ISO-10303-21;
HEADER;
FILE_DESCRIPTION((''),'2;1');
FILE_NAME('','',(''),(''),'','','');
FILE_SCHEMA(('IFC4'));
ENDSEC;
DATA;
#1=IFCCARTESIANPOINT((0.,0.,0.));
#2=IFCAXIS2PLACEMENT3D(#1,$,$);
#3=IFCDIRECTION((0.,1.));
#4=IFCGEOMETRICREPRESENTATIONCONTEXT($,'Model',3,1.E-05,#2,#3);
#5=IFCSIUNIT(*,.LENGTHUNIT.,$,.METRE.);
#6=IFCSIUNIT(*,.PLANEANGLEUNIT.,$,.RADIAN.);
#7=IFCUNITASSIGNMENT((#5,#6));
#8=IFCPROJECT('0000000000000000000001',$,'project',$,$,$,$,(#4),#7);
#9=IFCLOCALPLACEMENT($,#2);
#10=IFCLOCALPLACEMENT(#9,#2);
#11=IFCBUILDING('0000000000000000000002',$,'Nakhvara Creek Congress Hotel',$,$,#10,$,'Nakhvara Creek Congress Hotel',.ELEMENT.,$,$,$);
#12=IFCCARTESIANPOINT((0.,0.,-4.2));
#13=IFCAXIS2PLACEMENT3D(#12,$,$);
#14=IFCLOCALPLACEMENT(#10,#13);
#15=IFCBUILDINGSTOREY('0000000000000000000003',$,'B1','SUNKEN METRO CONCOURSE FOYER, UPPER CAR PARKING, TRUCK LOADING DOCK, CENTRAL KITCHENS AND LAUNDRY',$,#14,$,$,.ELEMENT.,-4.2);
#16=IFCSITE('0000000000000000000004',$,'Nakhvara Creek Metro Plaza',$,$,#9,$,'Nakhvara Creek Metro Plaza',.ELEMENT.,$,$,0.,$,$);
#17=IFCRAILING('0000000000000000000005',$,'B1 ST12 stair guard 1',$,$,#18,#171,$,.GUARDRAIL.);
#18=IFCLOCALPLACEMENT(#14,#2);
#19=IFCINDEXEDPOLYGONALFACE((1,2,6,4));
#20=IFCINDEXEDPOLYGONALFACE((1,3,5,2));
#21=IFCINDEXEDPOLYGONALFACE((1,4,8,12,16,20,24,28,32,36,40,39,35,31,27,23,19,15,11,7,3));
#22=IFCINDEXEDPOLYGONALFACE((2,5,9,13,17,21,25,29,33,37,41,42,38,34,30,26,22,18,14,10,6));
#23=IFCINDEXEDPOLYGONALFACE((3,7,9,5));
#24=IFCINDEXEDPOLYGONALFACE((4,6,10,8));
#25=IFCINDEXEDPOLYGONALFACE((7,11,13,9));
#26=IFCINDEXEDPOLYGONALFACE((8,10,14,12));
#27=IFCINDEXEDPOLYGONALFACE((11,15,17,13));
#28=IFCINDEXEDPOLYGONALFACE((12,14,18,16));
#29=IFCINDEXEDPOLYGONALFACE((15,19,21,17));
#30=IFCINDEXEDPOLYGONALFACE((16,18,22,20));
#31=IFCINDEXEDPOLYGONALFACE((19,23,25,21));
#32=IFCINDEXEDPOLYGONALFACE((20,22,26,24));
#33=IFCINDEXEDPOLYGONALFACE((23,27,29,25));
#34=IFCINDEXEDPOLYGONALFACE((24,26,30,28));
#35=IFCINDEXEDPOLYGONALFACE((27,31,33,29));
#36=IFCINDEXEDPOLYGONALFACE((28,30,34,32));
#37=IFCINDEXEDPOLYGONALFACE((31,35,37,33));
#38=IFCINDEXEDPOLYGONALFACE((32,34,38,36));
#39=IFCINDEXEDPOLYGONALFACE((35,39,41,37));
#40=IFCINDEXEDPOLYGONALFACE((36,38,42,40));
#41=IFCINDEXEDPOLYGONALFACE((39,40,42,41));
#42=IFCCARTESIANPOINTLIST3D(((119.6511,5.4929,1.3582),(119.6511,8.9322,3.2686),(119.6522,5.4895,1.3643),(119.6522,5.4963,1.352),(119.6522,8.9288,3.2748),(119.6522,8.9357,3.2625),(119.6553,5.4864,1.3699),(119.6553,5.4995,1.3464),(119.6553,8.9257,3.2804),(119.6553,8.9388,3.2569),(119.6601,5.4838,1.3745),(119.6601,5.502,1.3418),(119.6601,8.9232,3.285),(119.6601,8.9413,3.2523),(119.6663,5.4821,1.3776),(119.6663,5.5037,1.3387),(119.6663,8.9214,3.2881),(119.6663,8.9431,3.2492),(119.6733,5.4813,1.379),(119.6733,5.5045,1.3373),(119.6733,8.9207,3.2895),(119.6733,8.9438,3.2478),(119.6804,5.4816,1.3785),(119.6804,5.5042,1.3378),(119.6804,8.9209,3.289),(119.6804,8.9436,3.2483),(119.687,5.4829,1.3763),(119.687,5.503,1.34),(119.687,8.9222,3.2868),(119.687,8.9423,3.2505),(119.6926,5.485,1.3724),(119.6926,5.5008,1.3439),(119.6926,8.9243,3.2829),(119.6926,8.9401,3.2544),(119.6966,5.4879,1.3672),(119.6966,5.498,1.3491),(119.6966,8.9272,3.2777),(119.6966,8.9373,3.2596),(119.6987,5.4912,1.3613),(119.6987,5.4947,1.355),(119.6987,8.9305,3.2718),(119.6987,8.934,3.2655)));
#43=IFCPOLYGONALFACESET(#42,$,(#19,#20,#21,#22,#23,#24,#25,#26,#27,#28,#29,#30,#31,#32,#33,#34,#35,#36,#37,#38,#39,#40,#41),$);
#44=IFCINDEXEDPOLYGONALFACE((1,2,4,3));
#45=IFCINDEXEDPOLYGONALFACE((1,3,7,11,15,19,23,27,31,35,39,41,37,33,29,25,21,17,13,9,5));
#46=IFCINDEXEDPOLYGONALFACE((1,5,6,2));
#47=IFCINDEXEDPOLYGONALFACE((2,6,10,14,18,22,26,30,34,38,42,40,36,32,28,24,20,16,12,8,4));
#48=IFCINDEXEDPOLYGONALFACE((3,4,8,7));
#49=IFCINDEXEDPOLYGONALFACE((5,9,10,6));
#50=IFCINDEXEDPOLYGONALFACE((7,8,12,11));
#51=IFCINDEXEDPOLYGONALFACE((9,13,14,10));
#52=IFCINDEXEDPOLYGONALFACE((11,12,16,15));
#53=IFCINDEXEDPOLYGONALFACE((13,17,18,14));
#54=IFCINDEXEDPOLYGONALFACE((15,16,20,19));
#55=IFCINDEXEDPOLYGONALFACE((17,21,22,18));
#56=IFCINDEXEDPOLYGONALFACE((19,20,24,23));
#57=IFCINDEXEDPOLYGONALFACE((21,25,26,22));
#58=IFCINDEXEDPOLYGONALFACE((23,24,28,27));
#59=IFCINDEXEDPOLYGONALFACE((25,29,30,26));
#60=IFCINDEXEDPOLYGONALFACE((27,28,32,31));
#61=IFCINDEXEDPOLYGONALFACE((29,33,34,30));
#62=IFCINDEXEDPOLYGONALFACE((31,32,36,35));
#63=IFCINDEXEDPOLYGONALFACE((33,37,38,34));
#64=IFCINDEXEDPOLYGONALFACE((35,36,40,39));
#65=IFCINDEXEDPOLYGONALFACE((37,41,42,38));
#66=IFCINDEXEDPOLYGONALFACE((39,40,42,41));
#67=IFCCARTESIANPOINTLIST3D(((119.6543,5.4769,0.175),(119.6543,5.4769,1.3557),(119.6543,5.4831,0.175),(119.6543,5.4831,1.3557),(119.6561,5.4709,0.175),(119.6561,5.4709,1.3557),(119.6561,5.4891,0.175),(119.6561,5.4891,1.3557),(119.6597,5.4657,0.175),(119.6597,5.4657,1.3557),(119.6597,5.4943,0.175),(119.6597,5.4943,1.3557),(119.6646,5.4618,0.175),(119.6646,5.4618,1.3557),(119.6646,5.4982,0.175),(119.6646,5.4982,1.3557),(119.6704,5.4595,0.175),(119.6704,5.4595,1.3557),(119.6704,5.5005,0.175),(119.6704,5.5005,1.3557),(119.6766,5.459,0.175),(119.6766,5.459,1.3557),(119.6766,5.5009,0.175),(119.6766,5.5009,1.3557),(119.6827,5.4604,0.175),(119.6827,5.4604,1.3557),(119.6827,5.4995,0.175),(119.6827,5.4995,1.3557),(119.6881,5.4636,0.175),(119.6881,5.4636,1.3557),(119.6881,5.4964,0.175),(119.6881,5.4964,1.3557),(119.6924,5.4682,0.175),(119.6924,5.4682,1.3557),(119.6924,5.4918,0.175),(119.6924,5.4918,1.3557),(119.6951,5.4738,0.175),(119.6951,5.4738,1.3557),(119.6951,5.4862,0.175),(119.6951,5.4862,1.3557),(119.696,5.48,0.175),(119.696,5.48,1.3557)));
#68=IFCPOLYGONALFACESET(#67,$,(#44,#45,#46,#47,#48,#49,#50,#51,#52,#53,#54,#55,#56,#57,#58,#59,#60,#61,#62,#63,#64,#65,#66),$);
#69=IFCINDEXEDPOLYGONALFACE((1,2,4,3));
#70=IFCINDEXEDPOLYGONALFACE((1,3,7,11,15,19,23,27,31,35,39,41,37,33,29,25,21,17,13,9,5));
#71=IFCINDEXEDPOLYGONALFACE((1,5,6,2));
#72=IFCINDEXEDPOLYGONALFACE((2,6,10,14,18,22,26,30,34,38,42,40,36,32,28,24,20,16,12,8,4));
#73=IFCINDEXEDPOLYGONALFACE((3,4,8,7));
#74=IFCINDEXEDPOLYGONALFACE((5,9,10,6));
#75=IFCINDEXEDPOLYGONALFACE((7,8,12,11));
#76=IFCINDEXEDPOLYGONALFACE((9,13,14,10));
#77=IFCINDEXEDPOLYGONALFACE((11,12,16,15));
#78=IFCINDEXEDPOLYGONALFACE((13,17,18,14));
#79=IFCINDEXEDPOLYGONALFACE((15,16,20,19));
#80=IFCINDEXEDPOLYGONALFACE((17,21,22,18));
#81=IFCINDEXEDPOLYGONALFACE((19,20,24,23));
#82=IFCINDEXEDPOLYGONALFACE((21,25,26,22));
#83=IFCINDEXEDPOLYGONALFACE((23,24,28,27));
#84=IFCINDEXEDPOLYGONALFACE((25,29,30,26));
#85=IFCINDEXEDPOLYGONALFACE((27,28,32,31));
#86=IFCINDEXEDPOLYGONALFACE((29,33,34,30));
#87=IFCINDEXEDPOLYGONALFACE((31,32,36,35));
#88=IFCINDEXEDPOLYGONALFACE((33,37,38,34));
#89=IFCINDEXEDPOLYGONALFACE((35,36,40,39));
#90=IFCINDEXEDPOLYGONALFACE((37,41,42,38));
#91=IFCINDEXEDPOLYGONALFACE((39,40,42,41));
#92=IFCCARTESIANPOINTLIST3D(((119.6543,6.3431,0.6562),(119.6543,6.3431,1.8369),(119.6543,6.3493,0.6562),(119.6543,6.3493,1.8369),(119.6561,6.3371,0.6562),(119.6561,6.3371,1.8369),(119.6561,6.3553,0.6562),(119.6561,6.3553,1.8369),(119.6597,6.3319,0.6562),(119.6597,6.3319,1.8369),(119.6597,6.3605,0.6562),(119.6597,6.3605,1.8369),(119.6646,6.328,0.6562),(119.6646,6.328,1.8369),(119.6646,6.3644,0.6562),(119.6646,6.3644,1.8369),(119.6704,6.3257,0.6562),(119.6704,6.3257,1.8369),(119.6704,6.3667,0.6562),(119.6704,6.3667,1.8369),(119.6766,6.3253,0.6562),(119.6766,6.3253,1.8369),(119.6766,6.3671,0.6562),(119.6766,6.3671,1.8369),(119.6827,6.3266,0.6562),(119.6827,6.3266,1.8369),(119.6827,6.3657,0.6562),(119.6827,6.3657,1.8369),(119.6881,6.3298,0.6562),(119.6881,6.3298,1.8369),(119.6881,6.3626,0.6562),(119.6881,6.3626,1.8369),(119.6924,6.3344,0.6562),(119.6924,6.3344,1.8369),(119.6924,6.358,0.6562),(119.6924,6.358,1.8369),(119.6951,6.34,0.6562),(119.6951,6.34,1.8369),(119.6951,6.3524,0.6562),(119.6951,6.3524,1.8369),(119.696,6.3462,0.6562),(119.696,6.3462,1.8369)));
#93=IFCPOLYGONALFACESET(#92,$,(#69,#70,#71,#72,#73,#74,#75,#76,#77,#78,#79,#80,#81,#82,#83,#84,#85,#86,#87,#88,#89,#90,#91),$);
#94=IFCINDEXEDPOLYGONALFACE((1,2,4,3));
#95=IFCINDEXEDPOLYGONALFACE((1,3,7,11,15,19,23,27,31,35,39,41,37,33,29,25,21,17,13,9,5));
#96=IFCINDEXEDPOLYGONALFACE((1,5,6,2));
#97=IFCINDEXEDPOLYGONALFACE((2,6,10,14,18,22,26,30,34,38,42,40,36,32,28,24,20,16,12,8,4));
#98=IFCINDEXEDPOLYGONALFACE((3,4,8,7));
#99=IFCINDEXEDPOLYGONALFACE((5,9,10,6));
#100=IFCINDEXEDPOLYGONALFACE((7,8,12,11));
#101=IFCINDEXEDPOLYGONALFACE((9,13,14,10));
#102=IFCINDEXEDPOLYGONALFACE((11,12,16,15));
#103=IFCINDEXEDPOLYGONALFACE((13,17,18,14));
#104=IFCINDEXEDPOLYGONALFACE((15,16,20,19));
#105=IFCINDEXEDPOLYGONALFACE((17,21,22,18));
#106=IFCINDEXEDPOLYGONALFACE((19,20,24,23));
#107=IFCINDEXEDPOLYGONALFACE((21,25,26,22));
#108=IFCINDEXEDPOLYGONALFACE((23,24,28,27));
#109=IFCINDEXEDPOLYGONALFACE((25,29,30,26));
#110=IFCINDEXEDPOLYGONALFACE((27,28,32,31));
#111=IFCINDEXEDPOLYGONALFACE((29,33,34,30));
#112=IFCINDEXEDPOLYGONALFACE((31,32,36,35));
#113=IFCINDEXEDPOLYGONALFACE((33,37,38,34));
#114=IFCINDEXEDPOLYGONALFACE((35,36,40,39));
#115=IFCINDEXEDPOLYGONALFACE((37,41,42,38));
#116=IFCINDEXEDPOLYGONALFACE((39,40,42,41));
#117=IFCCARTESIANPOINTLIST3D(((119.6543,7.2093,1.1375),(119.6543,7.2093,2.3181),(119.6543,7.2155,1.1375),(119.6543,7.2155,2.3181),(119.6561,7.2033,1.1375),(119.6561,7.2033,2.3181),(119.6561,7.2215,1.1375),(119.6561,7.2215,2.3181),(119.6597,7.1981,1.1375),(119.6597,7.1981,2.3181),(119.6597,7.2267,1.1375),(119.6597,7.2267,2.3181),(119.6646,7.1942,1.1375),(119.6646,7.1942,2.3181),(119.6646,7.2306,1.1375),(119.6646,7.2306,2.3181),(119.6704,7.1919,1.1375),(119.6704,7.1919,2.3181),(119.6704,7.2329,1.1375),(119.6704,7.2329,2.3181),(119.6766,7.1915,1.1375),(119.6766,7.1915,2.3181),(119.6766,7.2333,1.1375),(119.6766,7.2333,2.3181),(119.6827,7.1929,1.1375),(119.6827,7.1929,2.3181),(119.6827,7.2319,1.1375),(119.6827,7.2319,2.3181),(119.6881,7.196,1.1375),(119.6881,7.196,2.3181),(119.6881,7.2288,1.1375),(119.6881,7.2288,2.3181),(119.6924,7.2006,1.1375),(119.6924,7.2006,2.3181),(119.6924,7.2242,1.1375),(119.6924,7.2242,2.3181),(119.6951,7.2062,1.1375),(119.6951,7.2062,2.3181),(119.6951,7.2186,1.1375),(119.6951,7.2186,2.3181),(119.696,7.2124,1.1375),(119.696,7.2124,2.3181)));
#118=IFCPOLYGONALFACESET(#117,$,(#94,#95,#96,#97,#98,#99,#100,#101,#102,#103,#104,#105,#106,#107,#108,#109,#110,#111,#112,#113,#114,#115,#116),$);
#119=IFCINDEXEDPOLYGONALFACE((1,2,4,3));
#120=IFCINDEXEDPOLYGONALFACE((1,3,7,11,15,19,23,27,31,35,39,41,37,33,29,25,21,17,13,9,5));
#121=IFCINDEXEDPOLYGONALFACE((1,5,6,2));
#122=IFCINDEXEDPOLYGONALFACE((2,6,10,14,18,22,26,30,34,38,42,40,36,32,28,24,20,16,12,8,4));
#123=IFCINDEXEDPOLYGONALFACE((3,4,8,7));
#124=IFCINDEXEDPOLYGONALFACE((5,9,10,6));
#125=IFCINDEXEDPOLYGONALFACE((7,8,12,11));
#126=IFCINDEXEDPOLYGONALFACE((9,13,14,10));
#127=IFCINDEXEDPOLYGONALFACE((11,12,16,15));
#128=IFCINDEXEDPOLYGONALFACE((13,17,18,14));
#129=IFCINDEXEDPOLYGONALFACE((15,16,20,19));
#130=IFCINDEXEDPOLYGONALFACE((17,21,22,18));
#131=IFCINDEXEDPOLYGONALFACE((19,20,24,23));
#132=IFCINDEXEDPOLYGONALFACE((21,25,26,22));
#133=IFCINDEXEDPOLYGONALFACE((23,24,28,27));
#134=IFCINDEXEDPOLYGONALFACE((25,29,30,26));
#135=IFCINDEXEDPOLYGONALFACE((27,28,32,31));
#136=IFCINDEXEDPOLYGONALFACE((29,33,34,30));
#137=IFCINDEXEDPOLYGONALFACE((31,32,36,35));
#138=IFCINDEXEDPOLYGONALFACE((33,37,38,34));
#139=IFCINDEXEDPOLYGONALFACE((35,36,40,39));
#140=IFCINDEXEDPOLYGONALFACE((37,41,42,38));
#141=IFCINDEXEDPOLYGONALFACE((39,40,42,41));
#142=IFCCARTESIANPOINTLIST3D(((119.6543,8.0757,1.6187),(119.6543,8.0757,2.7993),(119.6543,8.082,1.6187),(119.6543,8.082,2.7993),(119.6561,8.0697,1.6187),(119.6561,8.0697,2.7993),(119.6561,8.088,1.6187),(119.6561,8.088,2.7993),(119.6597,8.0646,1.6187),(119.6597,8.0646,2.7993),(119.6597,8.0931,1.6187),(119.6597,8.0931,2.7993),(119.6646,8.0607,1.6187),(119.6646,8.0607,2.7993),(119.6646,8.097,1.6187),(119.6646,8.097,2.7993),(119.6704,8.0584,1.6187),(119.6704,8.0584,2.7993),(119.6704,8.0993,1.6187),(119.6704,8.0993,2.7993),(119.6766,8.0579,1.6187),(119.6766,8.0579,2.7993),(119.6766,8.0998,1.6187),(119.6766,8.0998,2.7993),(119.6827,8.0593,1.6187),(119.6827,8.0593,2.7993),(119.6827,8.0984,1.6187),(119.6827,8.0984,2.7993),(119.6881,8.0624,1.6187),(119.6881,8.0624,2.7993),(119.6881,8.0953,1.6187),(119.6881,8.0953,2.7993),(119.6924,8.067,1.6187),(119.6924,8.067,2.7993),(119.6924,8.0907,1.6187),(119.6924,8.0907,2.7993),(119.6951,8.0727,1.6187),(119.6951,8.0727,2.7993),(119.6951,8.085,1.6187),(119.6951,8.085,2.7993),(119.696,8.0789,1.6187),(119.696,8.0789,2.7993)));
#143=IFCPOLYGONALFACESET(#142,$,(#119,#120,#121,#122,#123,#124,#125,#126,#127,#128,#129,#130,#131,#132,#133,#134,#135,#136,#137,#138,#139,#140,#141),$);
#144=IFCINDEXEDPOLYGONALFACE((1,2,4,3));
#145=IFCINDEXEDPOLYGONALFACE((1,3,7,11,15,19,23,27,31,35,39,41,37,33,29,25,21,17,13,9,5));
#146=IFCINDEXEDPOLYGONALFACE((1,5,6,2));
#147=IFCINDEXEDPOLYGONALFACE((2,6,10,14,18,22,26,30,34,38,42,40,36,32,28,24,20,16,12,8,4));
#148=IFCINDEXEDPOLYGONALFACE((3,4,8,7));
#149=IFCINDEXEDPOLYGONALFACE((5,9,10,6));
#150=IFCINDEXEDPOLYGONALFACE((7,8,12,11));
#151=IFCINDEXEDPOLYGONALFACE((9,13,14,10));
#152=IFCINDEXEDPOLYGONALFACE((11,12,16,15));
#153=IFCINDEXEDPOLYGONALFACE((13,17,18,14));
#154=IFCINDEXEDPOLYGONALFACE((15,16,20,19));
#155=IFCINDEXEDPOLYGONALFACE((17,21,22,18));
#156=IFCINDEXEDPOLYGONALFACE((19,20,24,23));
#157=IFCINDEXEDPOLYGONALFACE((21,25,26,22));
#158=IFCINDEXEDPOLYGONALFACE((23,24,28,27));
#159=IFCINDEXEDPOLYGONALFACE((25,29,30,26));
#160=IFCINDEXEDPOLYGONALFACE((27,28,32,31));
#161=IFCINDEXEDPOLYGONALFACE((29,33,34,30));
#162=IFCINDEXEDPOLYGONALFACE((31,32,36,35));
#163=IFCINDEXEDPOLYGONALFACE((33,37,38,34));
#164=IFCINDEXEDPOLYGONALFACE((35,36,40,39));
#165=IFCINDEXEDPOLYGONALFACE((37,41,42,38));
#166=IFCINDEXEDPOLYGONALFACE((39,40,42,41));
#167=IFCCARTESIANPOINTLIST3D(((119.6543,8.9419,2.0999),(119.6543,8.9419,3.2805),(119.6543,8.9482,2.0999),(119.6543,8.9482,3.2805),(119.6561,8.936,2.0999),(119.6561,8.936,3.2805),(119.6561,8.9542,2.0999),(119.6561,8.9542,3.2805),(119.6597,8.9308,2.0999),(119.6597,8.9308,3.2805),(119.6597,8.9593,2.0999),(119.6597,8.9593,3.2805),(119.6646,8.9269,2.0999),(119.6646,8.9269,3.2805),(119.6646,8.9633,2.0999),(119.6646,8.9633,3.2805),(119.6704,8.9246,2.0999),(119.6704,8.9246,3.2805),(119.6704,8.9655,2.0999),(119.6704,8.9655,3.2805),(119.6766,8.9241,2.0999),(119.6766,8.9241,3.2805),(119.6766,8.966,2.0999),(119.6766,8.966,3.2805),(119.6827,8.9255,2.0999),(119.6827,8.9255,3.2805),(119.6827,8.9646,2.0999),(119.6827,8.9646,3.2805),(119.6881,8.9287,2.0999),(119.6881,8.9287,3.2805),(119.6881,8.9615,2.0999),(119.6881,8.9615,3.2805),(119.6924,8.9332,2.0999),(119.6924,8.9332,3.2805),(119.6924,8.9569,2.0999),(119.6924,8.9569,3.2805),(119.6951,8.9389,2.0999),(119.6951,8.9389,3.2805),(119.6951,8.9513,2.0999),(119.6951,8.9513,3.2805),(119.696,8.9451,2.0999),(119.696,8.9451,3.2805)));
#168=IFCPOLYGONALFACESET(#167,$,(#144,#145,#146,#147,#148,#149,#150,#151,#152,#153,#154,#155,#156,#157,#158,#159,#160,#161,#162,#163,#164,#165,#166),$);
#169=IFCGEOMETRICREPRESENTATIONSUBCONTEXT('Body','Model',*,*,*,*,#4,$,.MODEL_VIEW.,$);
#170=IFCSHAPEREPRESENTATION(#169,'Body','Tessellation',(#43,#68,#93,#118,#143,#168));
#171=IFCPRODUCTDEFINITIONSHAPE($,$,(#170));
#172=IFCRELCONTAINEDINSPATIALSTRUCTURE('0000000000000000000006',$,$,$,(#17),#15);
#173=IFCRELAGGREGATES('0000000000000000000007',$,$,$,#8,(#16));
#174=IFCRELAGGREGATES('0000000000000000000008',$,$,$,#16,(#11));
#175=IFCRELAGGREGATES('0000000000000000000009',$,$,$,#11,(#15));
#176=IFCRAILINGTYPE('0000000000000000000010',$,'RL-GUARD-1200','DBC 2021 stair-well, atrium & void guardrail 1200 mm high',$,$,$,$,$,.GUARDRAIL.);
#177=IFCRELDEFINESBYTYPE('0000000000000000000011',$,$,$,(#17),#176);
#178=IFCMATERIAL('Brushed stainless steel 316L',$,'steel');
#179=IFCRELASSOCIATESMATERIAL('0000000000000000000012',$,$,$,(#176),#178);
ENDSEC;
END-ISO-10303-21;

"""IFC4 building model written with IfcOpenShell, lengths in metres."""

from ifc_helpers import new_model, si_unit, direction, frame, origin, origin_2d, place, context, subcontext, project, spatial, circle, extrude, material, type_object, element, save


model = new_model("IFC4")

# Units and contexts
model_context = context("Model", 3, precision=1e-05, world=origin(), true_north=direction((0.0, 1.0)))
body_context = subcontext(model_context, "Body", "Model", "MODEL_VIEW")
ifc_project = project(units=[si_unit("LENGTHUNIT", "METRE"), si_unit("PLANEANGLEUNIT", "RADIAN")], contexts=[model_context])

# Site, building, storey
site_placement = place(None, origin())
site = spatial("IfcSite", under=ifc_project, at=site_placement, Name="Nakhvara Creek Metro Plaza", LongName="Nakhvara Creek Metro Plaza", CompositionType="ELEMENT", RefElevation=0.0)
building_placement = place(site_placement, origin())
building = spatial("IfcBuilding", under=site, at=building_placement, Name="Nakhvara Creek Congress Hotel", LongName="Nakhvara Creek Congress Hotel", CompositionType="ELEMENT")
storey_placement = place(building_placement, frame((0.0, 0.0, -4.2)))
storey = spatial("IfcBuildingStorey", under=building, at=storey_placement, Name="B1", Description="SUNKEN METRO CONCOURSE FOYER, UPPER CAR PARKING, TRUCK LOADING DOCK, CENTRAL KITCHENS AND LAUNDRY", CompositionType="ELEMENT", Elevation=-4.2)

# Railing
ifc_material_1 = material(Name="Brushed stainless steel 316L", Category="steel")
railing_type_1 = type_object("IfcRailingType", Name="RL-GUARD-1200", Description="DBC 2021 stair-well, atrium & void guardrail 1200 mm high", PredefinedType="GUARDRAIL", material=ifc_material_1)
railing_1_placement = place(storey_placement, frame((119.675, 5.48, 0.175)))
element("IfcRailing", 1, at=railing_1_placement, inside=storey, type_object=railing_type_1, Name="B1 ST12 stair guard 1", PredefinedType="GUARDRAIL", context=body_context, shape_type="SweptSolid", body=[
    extrude(circle(Radius=0.0239, at=origin_2d()), frame((0.0, 0.0129, 1.1831), z_axis=(0.0, 0.874183, 0.485596), x_axis=(-1.0, 0.0, 0.0)), (0.0, 0.0, 1.0), 3.9343),
    extrude(circle(Radius=0.021, at=origin_2d()), origin(), (0.0, 0.0, 1.0), 1.1807),
    extrude(circle(Radius=0.021, at=origin_2d()), frame((0.0, 0.8662, 0.4812)), (0.0, 0.0, 1.0), 1.1807),
    extrude(circle(Radius=0.021, at=origin_2d()), frame((0.0, 1.7324, 0.9624)), (0.0, 0.0, 1.0), 1.1807),
    extrude(circle(Radius=0.021, at=origin_2d()), frame((0.0, 2.5989, 1.4436)), (0.0, 0.0, 1.0), 1.1807),
    extrude(circle(Radius=0.021, at=origin_2d()), frame((0.0, 3.4651, 1.9248)), (0.0, 0.0, 1.0), 1.1807),
])

save(model, "model.ifc")
